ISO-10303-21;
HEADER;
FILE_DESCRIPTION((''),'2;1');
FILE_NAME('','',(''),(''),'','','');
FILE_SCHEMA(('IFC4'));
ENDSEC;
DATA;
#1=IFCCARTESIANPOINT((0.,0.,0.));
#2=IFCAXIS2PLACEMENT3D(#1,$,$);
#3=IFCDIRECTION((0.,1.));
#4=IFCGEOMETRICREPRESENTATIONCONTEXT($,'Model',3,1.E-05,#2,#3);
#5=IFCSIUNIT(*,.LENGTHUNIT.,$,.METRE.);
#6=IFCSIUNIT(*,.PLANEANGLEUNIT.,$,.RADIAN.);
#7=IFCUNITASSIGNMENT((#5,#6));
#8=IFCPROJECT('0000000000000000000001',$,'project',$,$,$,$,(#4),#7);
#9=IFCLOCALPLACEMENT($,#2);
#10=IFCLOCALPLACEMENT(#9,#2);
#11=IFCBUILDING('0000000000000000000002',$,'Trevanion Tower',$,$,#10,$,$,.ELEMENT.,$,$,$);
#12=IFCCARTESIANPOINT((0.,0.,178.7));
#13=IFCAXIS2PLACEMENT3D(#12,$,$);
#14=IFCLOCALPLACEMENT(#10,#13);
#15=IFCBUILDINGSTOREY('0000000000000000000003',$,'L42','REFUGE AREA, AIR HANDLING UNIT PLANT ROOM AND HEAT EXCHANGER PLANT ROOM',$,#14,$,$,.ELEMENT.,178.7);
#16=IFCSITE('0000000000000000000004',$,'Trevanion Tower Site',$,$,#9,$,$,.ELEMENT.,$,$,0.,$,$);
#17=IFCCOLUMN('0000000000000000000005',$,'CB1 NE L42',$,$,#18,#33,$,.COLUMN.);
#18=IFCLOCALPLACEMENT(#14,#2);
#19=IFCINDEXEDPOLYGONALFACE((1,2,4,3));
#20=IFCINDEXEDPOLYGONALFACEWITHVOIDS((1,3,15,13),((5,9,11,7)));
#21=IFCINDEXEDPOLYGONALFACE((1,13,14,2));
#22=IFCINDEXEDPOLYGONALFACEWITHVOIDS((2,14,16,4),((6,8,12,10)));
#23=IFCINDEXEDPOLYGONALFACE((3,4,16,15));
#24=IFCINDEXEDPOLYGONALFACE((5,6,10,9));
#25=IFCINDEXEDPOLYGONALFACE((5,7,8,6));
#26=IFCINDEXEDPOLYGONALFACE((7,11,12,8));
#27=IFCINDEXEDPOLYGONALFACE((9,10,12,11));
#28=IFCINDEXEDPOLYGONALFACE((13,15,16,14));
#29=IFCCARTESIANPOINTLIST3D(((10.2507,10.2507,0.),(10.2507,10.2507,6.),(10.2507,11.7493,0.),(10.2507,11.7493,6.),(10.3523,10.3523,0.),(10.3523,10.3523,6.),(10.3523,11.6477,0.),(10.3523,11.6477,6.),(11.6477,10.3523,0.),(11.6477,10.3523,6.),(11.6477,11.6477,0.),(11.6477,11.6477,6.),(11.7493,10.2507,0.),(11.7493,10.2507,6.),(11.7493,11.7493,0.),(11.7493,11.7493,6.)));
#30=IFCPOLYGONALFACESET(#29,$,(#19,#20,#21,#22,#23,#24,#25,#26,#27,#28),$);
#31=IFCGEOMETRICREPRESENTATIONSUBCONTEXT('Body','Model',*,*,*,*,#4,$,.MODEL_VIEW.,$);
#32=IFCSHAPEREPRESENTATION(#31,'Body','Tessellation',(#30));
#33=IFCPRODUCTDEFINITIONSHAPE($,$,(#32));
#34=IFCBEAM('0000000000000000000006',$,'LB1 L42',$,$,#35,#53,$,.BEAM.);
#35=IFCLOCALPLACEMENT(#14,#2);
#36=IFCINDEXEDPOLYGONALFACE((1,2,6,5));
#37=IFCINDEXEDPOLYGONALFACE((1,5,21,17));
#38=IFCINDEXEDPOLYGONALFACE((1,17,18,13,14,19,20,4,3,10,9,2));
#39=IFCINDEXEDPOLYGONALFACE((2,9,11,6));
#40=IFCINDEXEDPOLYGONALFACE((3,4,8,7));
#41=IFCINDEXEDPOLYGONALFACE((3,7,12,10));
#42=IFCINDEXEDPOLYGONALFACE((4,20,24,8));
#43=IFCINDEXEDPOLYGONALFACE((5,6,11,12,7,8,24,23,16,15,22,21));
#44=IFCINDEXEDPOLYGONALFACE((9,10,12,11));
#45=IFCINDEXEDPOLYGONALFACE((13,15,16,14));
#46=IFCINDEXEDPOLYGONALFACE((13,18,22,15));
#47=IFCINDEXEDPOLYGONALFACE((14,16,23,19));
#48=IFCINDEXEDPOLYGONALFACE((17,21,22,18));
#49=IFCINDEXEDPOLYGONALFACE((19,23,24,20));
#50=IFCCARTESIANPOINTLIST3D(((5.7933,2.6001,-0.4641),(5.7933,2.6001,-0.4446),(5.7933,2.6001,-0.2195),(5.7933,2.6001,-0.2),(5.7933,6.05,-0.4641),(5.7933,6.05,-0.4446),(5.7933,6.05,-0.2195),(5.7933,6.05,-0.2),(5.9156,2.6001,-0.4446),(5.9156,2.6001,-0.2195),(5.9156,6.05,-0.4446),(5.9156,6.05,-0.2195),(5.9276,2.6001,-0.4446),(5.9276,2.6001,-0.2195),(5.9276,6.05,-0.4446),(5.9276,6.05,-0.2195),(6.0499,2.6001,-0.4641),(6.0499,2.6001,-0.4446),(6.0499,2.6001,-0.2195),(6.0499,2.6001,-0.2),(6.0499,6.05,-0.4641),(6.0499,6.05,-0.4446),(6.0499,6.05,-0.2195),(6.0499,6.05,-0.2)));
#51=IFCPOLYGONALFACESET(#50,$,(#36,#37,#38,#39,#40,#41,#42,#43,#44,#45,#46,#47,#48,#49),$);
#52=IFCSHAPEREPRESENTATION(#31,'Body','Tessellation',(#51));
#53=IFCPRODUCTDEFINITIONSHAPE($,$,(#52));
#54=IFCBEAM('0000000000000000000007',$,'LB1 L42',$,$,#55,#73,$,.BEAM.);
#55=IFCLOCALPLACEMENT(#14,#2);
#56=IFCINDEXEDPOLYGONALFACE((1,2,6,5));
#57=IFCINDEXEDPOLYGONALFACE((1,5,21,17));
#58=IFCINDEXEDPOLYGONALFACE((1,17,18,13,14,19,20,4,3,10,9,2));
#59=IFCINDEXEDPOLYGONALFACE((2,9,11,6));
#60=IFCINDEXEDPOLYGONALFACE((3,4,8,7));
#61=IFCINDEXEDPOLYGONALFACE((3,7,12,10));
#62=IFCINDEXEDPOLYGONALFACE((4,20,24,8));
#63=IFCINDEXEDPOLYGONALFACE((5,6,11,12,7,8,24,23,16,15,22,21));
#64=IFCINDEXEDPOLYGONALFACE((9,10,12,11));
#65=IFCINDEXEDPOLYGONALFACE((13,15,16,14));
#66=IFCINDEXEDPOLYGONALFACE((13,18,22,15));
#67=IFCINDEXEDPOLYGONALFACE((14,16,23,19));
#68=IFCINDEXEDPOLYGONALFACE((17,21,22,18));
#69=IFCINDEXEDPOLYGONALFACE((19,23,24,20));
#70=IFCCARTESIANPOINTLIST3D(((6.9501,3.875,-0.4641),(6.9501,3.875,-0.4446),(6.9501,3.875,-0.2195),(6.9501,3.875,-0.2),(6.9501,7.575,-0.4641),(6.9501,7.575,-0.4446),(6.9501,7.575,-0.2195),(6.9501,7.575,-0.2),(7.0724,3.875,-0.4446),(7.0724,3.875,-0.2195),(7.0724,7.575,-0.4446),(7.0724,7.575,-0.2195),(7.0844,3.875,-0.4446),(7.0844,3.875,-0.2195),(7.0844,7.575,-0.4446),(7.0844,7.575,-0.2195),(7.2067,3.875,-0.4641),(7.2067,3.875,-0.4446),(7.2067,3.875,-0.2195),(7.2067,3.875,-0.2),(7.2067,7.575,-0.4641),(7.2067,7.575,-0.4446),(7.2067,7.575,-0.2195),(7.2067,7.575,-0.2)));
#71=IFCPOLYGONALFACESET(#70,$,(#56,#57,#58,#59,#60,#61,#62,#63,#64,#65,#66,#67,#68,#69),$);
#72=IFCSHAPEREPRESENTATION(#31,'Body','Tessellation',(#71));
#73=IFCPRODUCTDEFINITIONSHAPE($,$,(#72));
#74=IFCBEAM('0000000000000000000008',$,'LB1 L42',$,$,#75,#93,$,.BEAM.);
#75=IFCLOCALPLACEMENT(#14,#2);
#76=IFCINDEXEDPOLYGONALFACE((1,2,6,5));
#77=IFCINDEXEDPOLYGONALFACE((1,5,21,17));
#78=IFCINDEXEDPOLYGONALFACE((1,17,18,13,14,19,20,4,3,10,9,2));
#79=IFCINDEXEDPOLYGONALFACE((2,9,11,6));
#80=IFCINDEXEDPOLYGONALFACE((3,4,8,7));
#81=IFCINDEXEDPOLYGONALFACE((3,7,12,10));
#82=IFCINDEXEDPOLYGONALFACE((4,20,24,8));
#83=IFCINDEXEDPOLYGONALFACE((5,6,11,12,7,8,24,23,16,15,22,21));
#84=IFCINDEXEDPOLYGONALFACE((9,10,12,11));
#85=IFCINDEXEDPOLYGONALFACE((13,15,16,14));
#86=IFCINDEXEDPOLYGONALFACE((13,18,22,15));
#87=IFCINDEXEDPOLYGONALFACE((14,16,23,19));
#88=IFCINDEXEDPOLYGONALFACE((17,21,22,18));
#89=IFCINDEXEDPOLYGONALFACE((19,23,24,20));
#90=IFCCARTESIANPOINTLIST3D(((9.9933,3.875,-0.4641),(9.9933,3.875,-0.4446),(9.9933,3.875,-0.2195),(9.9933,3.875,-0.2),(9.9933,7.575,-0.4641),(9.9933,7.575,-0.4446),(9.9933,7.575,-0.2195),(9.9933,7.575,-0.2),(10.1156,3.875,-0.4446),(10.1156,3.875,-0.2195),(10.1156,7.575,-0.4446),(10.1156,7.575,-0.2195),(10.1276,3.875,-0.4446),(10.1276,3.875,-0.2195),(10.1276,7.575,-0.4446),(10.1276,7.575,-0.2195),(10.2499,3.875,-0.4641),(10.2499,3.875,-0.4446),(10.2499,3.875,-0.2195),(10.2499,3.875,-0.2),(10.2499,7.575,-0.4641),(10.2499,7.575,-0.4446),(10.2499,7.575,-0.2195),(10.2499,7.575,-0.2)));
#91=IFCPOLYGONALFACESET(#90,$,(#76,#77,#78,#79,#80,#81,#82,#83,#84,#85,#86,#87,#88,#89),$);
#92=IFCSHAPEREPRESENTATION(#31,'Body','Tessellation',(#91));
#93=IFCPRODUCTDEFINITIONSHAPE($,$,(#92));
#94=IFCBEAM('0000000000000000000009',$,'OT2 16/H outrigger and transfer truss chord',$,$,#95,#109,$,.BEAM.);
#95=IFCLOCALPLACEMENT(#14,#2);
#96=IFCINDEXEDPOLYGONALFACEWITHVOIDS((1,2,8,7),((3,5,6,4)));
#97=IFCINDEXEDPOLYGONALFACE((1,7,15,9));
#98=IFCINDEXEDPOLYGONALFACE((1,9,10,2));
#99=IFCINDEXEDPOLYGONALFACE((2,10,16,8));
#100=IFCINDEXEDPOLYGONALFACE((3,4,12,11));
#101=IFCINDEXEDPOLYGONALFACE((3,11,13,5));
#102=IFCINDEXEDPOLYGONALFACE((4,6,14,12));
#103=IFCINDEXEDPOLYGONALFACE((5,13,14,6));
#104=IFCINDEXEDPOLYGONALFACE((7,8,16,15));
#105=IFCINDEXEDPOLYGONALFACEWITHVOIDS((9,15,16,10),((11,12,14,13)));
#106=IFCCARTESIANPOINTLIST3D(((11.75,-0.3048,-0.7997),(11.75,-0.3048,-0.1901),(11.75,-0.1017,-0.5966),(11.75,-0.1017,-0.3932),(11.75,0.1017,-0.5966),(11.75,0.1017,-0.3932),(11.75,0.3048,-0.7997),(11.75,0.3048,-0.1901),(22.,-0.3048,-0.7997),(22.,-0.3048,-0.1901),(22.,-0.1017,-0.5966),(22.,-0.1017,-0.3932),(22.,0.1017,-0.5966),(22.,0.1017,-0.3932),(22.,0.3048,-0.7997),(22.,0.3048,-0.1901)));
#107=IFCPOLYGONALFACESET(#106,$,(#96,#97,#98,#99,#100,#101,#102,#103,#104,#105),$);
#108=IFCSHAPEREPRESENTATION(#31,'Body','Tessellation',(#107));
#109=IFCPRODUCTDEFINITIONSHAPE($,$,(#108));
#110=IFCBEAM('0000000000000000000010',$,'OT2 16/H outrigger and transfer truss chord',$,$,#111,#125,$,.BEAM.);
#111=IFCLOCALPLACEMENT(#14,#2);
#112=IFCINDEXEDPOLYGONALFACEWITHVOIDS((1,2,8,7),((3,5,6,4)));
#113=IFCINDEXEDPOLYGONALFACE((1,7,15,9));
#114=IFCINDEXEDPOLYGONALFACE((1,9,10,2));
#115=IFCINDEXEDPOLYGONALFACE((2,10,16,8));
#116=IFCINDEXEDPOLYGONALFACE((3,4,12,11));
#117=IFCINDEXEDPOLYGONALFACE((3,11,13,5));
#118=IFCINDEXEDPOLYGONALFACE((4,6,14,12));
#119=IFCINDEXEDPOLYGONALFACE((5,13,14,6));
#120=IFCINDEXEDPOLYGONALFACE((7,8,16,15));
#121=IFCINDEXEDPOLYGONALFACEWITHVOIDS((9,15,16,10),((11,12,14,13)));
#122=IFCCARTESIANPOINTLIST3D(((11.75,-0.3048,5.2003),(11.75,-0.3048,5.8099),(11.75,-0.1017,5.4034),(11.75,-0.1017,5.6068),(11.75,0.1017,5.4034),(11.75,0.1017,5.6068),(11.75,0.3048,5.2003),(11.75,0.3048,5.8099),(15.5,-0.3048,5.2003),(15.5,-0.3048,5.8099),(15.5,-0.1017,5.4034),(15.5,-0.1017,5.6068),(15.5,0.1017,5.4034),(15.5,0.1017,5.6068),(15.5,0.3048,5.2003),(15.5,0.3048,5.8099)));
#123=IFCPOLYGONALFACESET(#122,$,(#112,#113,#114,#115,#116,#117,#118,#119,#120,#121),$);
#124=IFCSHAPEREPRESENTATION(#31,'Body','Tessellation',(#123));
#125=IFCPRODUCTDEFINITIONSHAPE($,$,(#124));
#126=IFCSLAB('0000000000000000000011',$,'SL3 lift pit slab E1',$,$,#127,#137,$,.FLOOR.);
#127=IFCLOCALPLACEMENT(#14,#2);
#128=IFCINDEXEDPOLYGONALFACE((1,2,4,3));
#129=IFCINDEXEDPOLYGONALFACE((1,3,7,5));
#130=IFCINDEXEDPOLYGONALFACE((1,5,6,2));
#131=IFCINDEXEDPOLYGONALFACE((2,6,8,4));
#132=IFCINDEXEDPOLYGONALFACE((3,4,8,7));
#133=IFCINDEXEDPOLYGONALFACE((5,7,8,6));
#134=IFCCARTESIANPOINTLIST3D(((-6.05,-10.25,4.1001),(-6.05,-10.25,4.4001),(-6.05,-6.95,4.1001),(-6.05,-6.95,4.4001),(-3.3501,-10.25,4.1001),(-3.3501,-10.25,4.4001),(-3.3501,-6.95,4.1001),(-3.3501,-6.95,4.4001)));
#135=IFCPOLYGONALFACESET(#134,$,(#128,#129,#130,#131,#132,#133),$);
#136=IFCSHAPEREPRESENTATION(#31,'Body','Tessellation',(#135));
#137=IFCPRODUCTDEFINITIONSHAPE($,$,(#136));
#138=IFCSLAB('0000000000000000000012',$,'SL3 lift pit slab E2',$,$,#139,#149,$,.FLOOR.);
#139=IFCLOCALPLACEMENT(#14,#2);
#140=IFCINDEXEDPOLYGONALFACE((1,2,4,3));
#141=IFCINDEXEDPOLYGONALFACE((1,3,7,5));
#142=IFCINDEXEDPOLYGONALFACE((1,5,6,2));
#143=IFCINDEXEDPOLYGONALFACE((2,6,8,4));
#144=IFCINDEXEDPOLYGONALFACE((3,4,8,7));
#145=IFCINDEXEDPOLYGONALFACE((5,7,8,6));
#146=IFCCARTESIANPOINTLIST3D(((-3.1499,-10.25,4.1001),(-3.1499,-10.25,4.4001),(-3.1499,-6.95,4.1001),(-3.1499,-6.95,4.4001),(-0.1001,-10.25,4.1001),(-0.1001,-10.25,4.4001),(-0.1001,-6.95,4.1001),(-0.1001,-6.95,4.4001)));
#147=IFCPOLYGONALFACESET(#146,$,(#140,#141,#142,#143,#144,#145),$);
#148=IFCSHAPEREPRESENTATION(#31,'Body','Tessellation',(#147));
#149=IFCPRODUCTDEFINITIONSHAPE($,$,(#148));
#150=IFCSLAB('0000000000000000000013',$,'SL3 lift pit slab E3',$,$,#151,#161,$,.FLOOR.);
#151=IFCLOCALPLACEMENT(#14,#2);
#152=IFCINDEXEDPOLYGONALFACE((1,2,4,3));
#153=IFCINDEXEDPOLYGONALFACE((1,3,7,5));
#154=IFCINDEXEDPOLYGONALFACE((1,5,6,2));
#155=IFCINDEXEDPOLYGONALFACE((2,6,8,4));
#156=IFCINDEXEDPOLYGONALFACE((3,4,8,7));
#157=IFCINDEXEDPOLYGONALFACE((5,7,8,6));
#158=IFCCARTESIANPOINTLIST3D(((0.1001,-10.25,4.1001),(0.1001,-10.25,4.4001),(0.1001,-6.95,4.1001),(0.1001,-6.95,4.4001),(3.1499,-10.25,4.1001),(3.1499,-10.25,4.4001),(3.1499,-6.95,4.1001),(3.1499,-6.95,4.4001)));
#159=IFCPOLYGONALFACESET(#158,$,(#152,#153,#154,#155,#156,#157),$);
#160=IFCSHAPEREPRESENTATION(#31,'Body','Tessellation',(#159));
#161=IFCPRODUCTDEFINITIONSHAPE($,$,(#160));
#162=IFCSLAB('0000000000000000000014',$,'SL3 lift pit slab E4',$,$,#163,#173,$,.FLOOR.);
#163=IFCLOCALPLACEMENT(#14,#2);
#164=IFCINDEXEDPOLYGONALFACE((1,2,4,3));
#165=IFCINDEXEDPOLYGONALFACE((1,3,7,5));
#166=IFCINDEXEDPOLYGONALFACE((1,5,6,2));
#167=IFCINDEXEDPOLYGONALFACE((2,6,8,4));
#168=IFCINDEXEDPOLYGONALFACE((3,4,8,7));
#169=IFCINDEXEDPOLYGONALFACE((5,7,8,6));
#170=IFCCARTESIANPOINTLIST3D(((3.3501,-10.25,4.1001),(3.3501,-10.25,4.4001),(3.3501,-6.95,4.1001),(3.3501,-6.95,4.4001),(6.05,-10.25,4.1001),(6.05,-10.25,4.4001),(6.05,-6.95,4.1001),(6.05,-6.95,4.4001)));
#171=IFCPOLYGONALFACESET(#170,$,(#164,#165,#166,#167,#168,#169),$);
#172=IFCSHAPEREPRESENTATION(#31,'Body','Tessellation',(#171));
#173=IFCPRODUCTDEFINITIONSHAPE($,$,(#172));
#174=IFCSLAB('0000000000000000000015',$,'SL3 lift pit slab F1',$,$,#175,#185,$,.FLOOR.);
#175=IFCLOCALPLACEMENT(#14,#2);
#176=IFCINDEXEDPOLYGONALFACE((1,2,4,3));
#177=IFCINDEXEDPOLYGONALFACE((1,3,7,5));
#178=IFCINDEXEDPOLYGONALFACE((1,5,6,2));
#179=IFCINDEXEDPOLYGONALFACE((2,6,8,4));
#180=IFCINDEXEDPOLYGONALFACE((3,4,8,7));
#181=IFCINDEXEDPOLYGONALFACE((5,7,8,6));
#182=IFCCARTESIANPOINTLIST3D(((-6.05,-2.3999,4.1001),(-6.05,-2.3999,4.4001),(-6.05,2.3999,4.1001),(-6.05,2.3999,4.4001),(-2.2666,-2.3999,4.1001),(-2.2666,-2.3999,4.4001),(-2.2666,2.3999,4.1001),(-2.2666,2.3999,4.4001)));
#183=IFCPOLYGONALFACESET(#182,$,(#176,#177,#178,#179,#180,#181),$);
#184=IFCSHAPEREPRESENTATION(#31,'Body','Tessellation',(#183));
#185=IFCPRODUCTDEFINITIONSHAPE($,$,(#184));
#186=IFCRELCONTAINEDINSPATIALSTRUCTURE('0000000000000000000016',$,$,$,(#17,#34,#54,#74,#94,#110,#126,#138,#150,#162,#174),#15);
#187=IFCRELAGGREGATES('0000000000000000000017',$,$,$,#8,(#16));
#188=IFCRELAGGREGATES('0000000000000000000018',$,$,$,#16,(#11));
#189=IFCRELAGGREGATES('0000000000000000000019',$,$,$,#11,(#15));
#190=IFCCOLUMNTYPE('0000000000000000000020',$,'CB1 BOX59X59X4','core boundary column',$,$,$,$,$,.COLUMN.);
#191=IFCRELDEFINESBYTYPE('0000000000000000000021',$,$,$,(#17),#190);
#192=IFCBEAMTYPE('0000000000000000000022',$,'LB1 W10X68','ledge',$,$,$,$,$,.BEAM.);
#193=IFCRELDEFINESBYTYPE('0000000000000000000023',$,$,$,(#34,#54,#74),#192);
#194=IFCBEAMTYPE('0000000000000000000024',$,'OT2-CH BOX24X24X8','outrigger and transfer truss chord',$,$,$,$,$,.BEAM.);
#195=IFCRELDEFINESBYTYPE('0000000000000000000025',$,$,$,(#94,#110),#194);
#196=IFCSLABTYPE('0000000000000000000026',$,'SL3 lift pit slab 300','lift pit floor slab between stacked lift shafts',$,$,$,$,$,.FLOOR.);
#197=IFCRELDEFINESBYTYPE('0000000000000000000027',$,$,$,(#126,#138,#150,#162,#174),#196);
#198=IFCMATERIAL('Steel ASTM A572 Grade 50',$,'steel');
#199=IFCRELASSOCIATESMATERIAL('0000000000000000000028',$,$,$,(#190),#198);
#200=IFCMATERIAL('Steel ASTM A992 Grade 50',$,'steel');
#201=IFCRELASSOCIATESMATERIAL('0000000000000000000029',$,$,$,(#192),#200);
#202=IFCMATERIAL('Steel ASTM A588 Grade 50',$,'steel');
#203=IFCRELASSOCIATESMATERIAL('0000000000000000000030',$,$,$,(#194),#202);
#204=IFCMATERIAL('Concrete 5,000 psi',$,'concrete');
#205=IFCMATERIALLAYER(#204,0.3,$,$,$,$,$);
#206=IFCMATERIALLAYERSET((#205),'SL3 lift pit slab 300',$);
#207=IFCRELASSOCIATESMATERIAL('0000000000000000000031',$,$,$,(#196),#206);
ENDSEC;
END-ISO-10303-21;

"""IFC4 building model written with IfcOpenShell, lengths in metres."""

from ifc_helpers import new_model, si_unit, direction, frame, origin, origin_2d, place, context, subcontext, project, spatial, polyline, hollow_rectangle, i_section, outline, extrude, material, layer, layer_set, material_profile, profile_set, type_object, element, save


model = new_model("IFC4")

# Units and contexts
model_context = context("Model", 3, precision=1e-05, world=origin(), true_north=direction((0.0, 1.0)))
body_context = subcontext(model_context, "Body", "Model", "MODEL_VIEW")
ifc_project = project(units=[si_unit("LENGTHUNIT", "METRE"), si_unit("PLANEANGLEUNIT", "RADIAN")], contexts=[model_context])

# Site, building, storey
site_placement = place(None, origin())
site = spatial("IfcSite", under=ifc_project, at=site_placement, Name="Trevanion Tower Site", CompositionType="ELEMENT", RefElevation=0.0)
building_placement = place(site_placement, origin())
building = spatial("IfcBuilding", under=site, at=building_placement, Name="Trevanion Tower", CompositionType="ELEMENT")
storey_placement = place(building_placement, frame((0.0, 0.0, 178.7)))
storey = spatial("IfcBuildingStorey", under=building, at=storey_placement, Name="L42", Description="REFUGE AREA, AIR HANDLING UNIT PLANT ROOM AND HEAT EXCHANGER PLANT ROOM", CompositionType="ELEMENT", Elevation=178.7)

# Column
ifc_material_1 = material(Name="Steel ASTM A572 Grade 50", Category="steel")
ifc_material_profile_1 = material_profile(ifc_material_1, hollow_rectangle(XDim=1.4985, YDim=1.4985, WallThickness=0.1016, at=origin_2d()), Name="BOX59X59X4")
ifc_profile_set_1 = profile_set([ifc_material_profile_1], Name="Steel ASTM A572 Grade 50")
column_type = type_object("IfcColumnType", Name="CB1 BOX59X59X4", Description="core boundary column", PredefinedType="COLUMN", material=ifc_profile_set_1)
column_placement = place(storey_placement, frame((11.0, 11.0, 0.0), z_axis=(0.0, 0.0, 1.0), x_axis=(1.0, 0.0, 0.0)))
element("IfcColumn", 1, at=column_placement, inside=storey, type_object=column_type, Name="CB1 NE L42", PredefinedType="COLUMN", context=body_context, shape_type="SweptSolid", body=[
    extrude(hollow_rectangle(XDim=1.4985, YDim=1.4985, WallThickness=0.1016, at=origin_2d()), origin(), (0.0, 0.0, 1.0), 6.0),
])

# Beams
ifc_material_2 = material(Name="Steel ASTM A992 Grade 50", Category="steel")
ifc_material_profile_2 = material_profile(ifc_material_2, i_section(OverallWidth=0.2566, OverallDepth=0.2642, WebThickness=0.012, FlangeThickness=0.0195, at=origin_2d()), Name="W10X68")
ifc_profile_set_2 = profile_set([ifc_material_profile_2], Name="Steel ASTM A992 Grade 50")
beam_type_1 = type_object("IfcBeamType", Name="LB1 W10X68", Description="ledge", PredefinedType="BEAM", material=ifc_profile_set_2)
beam_1_placement = place(storey_placement, frame((5.9216, 2.6001, -0.332), z_axis=(0.0, 1.0, 0.0), x_axis=(-1.0, 0.0, 0.0)))
element("IfcBeam", 2, at=beam_1_placement, inside=storey, type_object=beam_type_1, Name="LB1 L42", PredefinedType="BEAM", context=body_context, shape_type="SweptSolid", body=[
    extrude(i_section(OverallWidth=0.2566, OverallDepth=0.2642, WebThickness=0.012, FlangeThickness=0.0195, at=origin_2d()), origin(), (0.0, 0.0, 1.0), 3.45),
])
for number, where, z_axis, x_axis, name in (
    (3, (7.0784, 3.875, -0.332), (0.0, 1.0, 0.0), (-1.0, 0.0, 0.0), "LB1 L42"),
    (4, (10.1216, 3.875, -0.332), (0.0, 1.0, 0.0), (-1.0, 0.0, 0.0), "LB1 L42"),
):
    element("IfcBeam", number, at=place(storey_placement, frame(where, z_axis=z_axis, x_axis=x_axis)), inside=storey, type_object=beam_type_1, Name=name, PredefinedType="BEAM", context=body_context, shape_type="SweptSolid", body=[
        extrude(i_section(OverallWidth=0.2566, OverallDepth=0.2642, WebThickness=0.012, FlangeThickness=0.0195, at=origin_2d()), origin(), (0.0, 0.0, 1.0), 3.7),
    ])
ifc_material_3 = material(Name="Steel ASTM A588 Grade 50", Category="steel")
ifc_material_profile_3 = material_profile(ifc_material_3, hollow_rectangle(XDim=0.6096, YDim=0.6096, WallThickness=0.2031, at=origin_2d()), Name="BOX24X24X8")
ifc_profile_set_3 = profile_set([ifc_material_profile_3], Name="Steel ASTM A588 Grade 50")
beam_type_2 = type_object("IfcBeamType", Name="OT2-CH BOX24X24X8", Description="outrigger and transfer truss chord", PredefinedType="BEAM", material=ifc_profile_set_3)
beam_2_placement = place(storey_placement, frame((11.75, 0.0, -0.4949), z_axis=(1.0, 0.0, 0.0), x_axis=(0.0, 1.0, 0.0)))
element("IfcBeam", 5, at=beam_2_placement, inside=storey, type_object=beam_type_2, Name="OT2 16/H outrigger and transfer truss chord", PredefinedType="BEAM", context=body_context, shape_type="SweptSolid", body=[
    extrude(hollow_rectangle(XDim=0.6096, YDim=0.6096, WallThickness=0.2031, at=origin_2d()), origin(), (0.0, 0.0, 1.0), 10.25),
])
beam_3_placement = place(storey_placement, frame((11.75, 0.0, 5.5051), z_axis=(1.0, 0.0, 0.0), x_axis=(0.0, 1.0, 0.0)))
element("IfcBeam", 6, at=beam_3_placement, inside=storey, type_object=beam_type_2, Name="OT2 16/H outrigger and transfer truss chord", PredefinedType="BEAM", context=body_context, shape_type="SweptSolid", body=[
    extrude(hollow_rectangle(XDim=0.6096, YDim=0.6096, WallThickness=0.2031, at=origin_2d()), origin(), (0.0, 0.0, 1.0), 3.75),
])

# Slabs
ifc_material_4 = material(Name="Concrete 5,000 psi", Category="concrete")
ifc_layer_1 = layer(ifc_material_4, 0.3)
ifc_layer_set_1 = layer_set([ifc_layer_1], Name="SL3 lift pit slab 300")
slab_type_1 = type_object("IfcSlabType", Name="SL3 lift pit slab 300", Description="lift pit floor slab between stacked lift shafts", PredefinedType="FLOOR", material=ifc_layer_set_1)
slab_1_placement = place(storey_placement, frame((0.0, 0.0, 4.1001)))
element("IfcSlab", 7, at=slab_1_placement, inside=storey, type_object=slab_type_1, Name="SL3 lift pit slab E1", PredefinedType="FLOOR", context=body_context, shape_type="SweptSolid", body=[
    extrude(outline(polyline([(-6.05, -10.25), (-3.3501, -10.25), (-3.3501, -6.95), (-6.05, -6.95), (-6.05, -10.25)])), origin(), (0.0, 0.0, 1.0), 0.3),
])
slab_2_placement = place(storey_placement, frame((0.0, 0.0, 4.1001)))
element("IfcSlab", 8, at=slab_2_placement, inside=storey, type_object=slab_type_1, Name="SL3 lift pit slab E2", PredefinedType="FLOOR", context=body_context, shape_type="SweptSolid", body=[
    extrude(outline(polyline([(-3.1499, -10.25), (-0.1001, -10.25), (-0.1001, -6.95), (-3.1499, -6.95), (-3.1499, -10.25)])), origin(), (0.0, 0.0, 1.0), 0.3),
])
slab_3_placement = place(storey_placement, frame((0.0, 0.0, 4.1001)))
element("IfcSlab", 9, at=slab_3_placement, inside=storey, type_object=slab_type_1, Name="SL3 lift pit slab E3", PredefinedType="FLOOR", context=body_context, shape_type="SweptSolid", body=[
    extrude(outline(polyline([(0.1001, -10.25), (3.1499, -10.25), (3.1499, -6.95), (0.1001, -6.95), (0.1001, -10.25)])), origin(), (0.0, 0.0, 1.0), 0.3),
])
slab_4_placement = place(storey_placement, frame((0.0, 0.0, 4.1001)))
element("IfcSlab", 10, at=slab_4_placement, inside=storey, type_object=slab_type_1, Name="SL3 lift pit slab E4", PredefinedType="FLOOR", context=body_context, shape_type="SweptSolid", body=[
    extrude(outline(polyline([(3.3501, -10.25), (6.05, -10.25), (6.05, -6.95), (3.3501, -6.95), (3.3501, -10.25)])), origin(), (0.0, 0.0, 1.0), 0.3),
])
slab_5_placement = place(storey_placement, frame((0.0, 0.0, 4.1001)))
element("IfcSlab", 11, at=slab_5_placement, inside=storey, type_object=slab_type_1, Name="SL3 lift pit slab F1", PredefinedType="FLOOR", context=body_context, shape_type="SweptSolid", body=[
    extrude(outline(polyline([(-6.05, -2.3999), (-2.2666, -2.3999), (-2.2666, 2.3999), (-6.05, 2.3999), (-6.05, -2.3999)])), origin(), (0.0, 0.0, 1.0), 0.3),
])

save(model, "model.ifc")
